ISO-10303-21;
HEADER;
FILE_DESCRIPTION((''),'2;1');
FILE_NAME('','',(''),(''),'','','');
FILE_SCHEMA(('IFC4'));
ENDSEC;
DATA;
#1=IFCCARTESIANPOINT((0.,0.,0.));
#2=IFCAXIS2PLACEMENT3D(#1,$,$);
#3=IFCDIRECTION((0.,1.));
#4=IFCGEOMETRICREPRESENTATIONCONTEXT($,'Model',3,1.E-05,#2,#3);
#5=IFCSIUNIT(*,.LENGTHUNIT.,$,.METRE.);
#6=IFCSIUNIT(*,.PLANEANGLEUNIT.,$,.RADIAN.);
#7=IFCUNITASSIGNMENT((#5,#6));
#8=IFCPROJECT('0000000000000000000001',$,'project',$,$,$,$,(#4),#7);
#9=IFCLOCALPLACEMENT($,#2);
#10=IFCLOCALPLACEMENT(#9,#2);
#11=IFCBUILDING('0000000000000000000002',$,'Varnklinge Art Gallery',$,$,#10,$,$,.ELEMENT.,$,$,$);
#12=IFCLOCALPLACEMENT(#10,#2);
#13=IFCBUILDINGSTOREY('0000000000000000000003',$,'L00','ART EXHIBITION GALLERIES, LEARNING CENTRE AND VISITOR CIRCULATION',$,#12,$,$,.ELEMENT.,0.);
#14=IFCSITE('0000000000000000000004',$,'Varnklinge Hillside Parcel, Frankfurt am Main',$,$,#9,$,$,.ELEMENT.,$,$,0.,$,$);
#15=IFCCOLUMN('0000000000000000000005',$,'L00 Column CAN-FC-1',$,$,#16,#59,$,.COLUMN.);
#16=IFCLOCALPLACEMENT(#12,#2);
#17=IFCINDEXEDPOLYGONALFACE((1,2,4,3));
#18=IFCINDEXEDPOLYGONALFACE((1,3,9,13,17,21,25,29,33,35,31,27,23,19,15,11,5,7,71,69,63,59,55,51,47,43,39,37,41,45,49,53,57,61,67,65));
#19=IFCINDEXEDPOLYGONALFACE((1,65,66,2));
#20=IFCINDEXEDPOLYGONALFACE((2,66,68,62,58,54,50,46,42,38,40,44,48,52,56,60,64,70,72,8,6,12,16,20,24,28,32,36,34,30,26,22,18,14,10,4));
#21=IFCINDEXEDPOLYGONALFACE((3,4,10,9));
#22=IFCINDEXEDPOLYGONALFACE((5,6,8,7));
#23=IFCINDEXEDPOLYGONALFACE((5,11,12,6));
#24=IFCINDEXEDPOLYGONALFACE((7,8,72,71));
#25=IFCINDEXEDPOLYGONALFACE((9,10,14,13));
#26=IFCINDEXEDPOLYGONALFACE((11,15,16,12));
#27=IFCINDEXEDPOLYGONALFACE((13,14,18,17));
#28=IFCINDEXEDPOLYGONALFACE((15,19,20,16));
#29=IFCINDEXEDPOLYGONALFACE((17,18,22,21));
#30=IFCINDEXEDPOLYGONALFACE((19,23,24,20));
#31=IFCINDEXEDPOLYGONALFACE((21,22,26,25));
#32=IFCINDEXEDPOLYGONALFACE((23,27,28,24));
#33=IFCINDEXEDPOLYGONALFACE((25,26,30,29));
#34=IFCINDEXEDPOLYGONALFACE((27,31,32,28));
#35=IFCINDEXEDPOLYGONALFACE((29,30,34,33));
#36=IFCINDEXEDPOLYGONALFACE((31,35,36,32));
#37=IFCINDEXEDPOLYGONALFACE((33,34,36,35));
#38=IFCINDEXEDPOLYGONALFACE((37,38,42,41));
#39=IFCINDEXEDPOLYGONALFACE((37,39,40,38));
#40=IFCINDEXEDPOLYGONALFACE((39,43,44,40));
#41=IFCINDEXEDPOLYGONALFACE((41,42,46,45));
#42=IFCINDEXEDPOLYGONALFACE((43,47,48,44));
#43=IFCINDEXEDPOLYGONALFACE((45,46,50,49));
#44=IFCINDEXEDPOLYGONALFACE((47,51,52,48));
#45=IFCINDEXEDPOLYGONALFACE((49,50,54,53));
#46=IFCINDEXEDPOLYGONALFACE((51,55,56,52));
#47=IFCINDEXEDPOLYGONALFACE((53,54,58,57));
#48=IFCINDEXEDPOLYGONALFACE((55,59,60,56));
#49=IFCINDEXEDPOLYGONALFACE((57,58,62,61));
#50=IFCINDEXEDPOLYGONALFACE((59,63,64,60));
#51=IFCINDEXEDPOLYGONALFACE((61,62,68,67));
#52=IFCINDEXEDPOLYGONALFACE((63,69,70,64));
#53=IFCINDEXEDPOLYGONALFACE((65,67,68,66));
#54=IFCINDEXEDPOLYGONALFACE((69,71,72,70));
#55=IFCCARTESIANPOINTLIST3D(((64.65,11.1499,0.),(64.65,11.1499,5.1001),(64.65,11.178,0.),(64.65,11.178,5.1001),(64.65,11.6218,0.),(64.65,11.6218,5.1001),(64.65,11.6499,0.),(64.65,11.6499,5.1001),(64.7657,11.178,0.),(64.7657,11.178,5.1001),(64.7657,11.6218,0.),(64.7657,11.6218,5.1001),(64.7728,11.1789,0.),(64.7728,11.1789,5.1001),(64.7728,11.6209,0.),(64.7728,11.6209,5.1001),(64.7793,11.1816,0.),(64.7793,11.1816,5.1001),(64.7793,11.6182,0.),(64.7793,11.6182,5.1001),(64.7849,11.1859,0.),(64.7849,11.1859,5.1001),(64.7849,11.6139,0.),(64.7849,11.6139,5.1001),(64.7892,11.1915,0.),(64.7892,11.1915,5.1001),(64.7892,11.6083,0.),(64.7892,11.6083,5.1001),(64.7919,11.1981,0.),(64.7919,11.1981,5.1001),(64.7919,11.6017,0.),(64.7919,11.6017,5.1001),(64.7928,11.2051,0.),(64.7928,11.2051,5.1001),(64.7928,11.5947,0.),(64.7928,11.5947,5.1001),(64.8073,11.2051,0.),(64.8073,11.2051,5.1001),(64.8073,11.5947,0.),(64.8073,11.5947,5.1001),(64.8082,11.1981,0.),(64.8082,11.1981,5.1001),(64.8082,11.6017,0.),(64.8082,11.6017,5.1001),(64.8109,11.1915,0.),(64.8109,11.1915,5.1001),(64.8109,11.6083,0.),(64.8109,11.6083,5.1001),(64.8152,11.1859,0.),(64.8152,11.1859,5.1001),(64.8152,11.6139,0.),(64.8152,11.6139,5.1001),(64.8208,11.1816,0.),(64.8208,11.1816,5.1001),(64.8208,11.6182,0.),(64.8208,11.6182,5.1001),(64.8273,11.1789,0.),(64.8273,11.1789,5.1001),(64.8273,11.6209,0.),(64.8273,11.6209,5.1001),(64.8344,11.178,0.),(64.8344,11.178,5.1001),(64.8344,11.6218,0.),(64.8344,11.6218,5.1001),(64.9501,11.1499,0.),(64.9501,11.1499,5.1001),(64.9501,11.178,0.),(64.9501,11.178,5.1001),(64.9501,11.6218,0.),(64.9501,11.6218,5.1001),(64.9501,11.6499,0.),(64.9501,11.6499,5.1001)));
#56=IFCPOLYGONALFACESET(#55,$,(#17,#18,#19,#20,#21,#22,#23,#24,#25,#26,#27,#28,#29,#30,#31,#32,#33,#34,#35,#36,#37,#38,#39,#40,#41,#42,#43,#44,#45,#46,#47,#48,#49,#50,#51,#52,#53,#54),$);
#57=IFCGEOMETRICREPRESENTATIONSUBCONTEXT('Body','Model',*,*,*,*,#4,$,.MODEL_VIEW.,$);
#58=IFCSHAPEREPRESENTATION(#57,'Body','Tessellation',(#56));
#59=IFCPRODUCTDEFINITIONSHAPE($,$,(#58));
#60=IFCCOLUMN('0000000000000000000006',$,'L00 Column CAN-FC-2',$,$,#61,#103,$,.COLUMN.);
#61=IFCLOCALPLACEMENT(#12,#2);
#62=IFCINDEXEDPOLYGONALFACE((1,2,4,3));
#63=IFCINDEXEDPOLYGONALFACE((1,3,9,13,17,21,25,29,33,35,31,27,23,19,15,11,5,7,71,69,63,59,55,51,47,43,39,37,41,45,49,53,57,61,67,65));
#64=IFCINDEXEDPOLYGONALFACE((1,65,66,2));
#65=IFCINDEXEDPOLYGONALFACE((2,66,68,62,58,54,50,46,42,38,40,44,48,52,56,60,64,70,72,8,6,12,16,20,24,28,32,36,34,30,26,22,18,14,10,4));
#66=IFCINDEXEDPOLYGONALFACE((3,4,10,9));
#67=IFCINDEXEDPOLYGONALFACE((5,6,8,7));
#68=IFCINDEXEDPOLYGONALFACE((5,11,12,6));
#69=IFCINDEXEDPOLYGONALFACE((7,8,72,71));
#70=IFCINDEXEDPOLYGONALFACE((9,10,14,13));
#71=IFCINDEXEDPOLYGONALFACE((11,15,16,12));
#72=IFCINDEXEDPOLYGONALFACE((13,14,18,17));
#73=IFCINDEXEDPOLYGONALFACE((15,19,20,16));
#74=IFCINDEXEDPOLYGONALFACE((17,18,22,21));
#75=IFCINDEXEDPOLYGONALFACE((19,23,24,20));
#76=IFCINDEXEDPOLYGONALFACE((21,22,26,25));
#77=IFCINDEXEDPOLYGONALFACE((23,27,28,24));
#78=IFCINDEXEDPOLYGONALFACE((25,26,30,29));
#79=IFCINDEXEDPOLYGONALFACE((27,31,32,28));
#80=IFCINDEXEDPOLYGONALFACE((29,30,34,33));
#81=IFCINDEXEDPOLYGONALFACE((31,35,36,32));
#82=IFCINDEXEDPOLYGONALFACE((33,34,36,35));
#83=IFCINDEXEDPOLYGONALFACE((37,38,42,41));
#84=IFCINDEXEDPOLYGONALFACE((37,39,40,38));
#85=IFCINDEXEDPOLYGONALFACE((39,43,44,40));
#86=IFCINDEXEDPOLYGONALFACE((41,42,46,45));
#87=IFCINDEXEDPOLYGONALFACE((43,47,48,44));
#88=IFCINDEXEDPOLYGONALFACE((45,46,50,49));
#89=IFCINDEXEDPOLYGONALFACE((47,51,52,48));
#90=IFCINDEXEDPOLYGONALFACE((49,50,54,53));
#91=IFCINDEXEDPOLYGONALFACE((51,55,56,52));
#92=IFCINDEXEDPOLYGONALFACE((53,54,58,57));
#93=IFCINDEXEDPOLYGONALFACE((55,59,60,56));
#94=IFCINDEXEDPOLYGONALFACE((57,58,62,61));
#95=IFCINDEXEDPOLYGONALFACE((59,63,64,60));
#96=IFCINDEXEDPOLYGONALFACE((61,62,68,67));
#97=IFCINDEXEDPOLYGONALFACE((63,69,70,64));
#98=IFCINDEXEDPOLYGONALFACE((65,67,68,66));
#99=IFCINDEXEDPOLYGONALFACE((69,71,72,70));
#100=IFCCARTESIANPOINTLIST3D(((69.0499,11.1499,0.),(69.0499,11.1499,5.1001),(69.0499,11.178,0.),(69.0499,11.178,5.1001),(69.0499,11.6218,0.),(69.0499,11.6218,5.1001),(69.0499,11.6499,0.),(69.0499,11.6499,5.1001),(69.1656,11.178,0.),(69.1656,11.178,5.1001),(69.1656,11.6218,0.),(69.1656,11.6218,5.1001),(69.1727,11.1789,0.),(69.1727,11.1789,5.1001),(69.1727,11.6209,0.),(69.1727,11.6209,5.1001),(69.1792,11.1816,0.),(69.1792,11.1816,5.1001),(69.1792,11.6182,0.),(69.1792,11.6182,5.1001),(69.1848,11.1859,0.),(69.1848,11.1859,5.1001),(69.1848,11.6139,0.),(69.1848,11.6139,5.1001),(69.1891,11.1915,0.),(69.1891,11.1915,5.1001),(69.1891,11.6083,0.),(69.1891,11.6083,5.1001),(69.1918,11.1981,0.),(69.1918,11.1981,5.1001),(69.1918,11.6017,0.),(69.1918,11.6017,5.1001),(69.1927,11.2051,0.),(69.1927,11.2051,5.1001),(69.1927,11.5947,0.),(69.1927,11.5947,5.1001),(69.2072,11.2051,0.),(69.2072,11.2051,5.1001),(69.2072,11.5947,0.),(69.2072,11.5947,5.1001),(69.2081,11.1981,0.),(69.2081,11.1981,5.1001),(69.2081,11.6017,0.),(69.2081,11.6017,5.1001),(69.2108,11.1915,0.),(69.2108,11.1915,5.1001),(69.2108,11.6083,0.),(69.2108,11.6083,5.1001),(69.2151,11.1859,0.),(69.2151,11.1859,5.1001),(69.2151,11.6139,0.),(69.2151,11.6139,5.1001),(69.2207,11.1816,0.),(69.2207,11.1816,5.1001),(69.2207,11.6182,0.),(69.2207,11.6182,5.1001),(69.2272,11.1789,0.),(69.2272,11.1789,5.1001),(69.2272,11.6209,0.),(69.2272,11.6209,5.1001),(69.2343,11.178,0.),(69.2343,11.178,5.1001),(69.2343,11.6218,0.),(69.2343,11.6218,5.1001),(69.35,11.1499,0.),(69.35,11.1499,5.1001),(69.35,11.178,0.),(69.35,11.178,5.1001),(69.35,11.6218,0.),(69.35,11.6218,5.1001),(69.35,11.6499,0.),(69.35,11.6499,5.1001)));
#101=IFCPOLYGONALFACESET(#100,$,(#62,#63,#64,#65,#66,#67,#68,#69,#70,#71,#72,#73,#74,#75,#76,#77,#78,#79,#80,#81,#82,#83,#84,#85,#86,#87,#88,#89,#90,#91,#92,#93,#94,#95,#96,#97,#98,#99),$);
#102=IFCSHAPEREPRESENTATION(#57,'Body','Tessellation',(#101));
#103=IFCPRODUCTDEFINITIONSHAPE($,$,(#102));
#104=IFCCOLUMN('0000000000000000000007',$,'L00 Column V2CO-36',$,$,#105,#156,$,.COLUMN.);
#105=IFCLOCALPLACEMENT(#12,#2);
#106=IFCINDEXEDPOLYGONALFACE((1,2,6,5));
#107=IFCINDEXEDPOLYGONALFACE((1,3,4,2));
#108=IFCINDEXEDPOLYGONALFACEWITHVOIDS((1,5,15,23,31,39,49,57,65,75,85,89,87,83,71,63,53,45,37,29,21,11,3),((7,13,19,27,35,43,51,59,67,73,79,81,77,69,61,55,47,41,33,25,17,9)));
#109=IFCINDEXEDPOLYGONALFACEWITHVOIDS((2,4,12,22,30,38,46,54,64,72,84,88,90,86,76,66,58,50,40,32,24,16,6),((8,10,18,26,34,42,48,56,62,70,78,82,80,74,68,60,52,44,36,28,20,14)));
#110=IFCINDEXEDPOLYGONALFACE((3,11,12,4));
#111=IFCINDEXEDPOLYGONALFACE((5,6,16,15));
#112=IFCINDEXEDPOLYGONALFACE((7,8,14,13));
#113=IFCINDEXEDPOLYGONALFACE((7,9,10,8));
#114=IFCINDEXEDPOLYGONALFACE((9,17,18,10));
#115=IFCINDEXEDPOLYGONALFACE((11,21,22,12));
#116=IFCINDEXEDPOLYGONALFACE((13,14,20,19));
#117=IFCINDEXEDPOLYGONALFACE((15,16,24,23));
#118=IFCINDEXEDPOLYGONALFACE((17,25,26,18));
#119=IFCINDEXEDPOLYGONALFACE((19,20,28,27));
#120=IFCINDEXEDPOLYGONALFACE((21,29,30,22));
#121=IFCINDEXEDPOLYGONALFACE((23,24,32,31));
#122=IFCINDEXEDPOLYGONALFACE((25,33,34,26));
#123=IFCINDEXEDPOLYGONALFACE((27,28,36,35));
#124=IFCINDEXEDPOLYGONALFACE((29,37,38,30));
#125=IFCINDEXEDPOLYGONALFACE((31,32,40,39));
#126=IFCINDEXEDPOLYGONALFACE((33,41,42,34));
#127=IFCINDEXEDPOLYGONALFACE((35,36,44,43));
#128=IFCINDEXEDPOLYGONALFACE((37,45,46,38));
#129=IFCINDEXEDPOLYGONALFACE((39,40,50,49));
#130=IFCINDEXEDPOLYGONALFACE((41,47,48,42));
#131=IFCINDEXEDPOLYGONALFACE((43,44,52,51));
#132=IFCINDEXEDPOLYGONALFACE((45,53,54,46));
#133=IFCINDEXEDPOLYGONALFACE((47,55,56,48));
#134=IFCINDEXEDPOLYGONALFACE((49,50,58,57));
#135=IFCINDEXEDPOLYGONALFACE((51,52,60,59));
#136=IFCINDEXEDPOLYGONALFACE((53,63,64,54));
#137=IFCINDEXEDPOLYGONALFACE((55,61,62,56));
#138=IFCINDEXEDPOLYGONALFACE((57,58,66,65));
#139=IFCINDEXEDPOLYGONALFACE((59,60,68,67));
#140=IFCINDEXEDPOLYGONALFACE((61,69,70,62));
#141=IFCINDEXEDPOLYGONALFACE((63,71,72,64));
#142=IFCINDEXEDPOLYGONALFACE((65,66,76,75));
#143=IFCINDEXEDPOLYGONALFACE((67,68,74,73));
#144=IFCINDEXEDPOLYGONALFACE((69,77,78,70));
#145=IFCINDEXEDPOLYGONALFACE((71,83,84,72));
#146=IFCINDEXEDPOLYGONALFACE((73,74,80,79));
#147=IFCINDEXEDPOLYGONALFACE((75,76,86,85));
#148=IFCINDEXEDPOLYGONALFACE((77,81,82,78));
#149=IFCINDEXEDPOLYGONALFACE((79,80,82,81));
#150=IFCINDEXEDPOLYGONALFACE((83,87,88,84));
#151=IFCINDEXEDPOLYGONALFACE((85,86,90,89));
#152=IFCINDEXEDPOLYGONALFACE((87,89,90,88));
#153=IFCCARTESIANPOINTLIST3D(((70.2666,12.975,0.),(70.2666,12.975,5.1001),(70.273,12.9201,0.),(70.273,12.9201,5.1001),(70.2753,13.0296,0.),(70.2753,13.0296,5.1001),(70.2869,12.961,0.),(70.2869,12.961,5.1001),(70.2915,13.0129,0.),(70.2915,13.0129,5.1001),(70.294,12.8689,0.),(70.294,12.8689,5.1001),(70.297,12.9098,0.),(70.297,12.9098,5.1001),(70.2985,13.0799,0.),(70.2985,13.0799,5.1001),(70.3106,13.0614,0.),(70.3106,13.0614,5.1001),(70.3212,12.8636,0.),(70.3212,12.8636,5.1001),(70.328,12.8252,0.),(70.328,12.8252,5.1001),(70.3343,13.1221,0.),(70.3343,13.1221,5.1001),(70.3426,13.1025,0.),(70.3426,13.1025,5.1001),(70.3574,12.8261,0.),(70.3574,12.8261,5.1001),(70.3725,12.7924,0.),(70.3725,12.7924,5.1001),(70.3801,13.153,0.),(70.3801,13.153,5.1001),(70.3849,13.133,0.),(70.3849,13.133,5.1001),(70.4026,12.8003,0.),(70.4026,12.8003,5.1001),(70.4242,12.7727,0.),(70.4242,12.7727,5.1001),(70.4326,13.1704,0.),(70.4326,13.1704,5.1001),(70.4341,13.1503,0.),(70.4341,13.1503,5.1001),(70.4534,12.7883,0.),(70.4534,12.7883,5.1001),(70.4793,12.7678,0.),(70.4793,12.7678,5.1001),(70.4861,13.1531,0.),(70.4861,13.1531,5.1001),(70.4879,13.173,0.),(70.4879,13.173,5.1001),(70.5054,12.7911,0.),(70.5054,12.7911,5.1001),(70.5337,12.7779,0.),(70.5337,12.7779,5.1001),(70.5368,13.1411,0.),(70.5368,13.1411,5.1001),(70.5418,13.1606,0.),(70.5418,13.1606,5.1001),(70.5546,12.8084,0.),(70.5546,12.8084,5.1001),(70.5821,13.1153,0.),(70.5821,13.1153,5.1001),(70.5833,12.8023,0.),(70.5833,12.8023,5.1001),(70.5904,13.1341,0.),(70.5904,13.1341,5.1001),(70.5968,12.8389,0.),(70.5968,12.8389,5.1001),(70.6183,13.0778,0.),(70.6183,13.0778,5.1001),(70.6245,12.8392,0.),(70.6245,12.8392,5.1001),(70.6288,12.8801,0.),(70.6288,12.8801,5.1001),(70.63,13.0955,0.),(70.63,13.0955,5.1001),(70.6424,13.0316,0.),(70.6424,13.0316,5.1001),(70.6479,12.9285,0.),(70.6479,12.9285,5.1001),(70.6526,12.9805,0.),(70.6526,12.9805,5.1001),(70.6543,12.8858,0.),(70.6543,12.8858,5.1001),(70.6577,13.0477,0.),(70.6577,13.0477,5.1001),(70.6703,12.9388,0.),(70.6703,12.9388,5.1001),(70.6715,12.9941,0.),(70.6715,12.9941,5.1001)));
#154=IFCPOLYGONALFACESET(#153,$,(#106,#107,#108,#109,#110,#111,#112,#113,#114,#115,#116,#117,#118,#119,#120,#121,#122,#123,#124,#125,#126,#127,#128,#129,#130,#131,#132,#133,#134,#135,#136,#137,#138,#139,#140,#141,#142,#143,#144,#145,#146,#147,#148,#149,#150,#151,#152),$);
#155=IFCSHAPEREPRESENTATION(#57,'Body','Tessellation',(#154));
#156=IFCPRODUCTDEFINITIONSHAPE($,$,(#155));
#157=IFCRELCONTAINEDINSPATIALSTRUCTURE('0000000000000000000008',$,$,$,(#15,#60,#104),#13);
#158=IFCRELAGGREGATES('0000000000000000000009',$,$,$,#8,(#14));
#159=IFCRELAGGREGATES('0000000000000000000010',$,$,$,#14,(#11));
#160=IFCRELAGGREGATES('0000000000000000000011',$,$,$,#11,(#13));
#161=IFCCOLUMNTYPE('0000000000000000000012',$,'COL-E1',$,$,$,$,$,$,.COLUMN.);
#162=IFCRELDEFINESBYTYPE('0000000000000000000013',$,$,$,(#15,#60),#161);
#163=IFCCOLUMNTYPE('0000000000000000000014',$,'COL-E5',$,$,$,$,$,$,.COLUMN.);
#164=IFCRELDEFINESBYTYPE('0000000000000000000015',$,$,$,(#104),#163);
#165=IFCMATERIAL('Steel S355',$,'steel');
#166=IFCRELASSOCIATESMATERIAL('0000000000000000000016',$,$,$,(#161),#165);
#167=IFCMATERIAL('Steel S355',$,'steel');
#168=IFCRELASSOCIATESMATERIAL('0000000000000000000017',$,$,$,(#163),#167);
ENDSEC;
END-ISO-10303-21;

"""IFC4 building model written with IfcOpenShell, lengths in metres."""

from ifc_helpers import new_model, si_unit, direction, frame, origin, origin_2d, place, context, subcontext, project, spatial, hollow_circle, i_section, extrude, material, material_profile, profile_set, type_object, element, save


model = new_model("IFC4")

# Units and contexts
model_context = context("Model", 3, precision=1e-05, world=origin(), true_north=direction((0.0, 1.0)))
body_context = subcontext(model_context, "Body", "Model", "MODEL_VIEW")
ifc_project = project(units=[si_unit("LENGTHUNIT", "METRE"), si_unit("PLANEANGLEUNIT", "RADIAN")], contexts=[model_context])

# Site, building, storey
site_placement = place(None, origin())
site = spatial("IfcSite", under=ifc_project, at=site_placement, Name="Varnklinge Hillside Parcel, Frankfurt am Main", CompositionType="ELEMENT", RefElevation=0.0)
building_placement = place(site_placement, origin())
building = spatial("IfcBuilding", under=site, at=building_placement, Name="Varnklinge Art Gallery", CompositionType="ELEMENT")
storey_placement = place(building_placement, origin())
storey = spatial("IfcBuildingStorey", under=building, at=storey_placement, Name="L00", Description="ART EXHIBITION GALLERIES, LEARNING CENTRE AND VISITOR CIRCULATION", CompositionType="ELEMENT", Elevation=0.0)

# Columns
ifc_material_1 = material(Name="Steel S355", Category="steel")
ifc_material_profile_1 = material_profile(ifc_material_1, i_section(OverallWidth=0.3, OverallDepth=0.5, WebThickness=0.0144, FlangeThickness=0.0281, FilletRadius=0.0271, at=origin_2d()), Name="HEB 500")
ifc_profile_set_1 = profile_set([ifc_material_profile_1], Name="Steel S355")
column_type_1 = type_object("IfcColumnType", Name="COL-E1", PredefinedType="COLUMN", material=ifc_profile_set_1)
for number, where, z_axis, x_axis, name in (
    (1, (64.8, 11.3999, 0.0), (0.0, 0.0, 1.0), (1.0, 0.0, 0.0), "L00 Column CAN-FC-1"),
    (2, (69.2, 11.3999, 0.0), (0.0, 0.0, 1.0), (1.0, 0.0, 0.0), "L00 Column CAN-FC-2"),
):
    element("IfcColumn", number, at=place(storey_placement, frame(where, z_axis=z_axis, x_axis=x_axis)), inside=storey, type_object=column_type_1, Name=name, PredefinedType="COLUMN", context=body_context, shape_type="SweptSolid", body=[
        extrude(i_section(OverallWidth=0.3, OverallDepth=0.5, WebThickness=0.0144, FlangeThickness=0.0281, FilletRadius=0.0271, at=origin_2d()), origin(), (0.0, 0.0, 1.0), 5.1001),
    ])
ifc_material_2 = material(Name="Steel S355", Category="steel")
ifc_material_profile_2 = material_profile(ifc_material_2, hollow_circle(Radius=0.2031, WallThickness=0.02, at=origin_2d()), Name="CHS 406.4x20")
ifc_profile_set_2 = profile_set([ifc_material_profile_2], Name="Steel S355")
column_type_2 = type_object("IfcColumnType", Name="COL-E5", PredefinedType="COLUMN", material=ifc_profile_set_2)
for number, where, z_axis, x_axis, name in (
    (3, (70.4697, 12.9707, 0.0), (0.0, 0.0, 1.0), (0.089416, 0.995994, 0.0), "L00 Column V2CO-36"),
):
    element("IfcColumn", number, at=place(storey_placement, frame(where, z_axis=z_axis, x_axis=x_axis)), inside=storey, type_object=column_type_2, Name=name, PredefinedType="COLUMN", context=body_context, shape_type="SweptSolid", body=[
        extrude(hollow_circle(Radius=0.2031, WallThickness=0.02, at=origin_2d()), origin(), (0.0, 0.0, 1.0), 5.1001),
    ])

save(model, "model.ifc")
